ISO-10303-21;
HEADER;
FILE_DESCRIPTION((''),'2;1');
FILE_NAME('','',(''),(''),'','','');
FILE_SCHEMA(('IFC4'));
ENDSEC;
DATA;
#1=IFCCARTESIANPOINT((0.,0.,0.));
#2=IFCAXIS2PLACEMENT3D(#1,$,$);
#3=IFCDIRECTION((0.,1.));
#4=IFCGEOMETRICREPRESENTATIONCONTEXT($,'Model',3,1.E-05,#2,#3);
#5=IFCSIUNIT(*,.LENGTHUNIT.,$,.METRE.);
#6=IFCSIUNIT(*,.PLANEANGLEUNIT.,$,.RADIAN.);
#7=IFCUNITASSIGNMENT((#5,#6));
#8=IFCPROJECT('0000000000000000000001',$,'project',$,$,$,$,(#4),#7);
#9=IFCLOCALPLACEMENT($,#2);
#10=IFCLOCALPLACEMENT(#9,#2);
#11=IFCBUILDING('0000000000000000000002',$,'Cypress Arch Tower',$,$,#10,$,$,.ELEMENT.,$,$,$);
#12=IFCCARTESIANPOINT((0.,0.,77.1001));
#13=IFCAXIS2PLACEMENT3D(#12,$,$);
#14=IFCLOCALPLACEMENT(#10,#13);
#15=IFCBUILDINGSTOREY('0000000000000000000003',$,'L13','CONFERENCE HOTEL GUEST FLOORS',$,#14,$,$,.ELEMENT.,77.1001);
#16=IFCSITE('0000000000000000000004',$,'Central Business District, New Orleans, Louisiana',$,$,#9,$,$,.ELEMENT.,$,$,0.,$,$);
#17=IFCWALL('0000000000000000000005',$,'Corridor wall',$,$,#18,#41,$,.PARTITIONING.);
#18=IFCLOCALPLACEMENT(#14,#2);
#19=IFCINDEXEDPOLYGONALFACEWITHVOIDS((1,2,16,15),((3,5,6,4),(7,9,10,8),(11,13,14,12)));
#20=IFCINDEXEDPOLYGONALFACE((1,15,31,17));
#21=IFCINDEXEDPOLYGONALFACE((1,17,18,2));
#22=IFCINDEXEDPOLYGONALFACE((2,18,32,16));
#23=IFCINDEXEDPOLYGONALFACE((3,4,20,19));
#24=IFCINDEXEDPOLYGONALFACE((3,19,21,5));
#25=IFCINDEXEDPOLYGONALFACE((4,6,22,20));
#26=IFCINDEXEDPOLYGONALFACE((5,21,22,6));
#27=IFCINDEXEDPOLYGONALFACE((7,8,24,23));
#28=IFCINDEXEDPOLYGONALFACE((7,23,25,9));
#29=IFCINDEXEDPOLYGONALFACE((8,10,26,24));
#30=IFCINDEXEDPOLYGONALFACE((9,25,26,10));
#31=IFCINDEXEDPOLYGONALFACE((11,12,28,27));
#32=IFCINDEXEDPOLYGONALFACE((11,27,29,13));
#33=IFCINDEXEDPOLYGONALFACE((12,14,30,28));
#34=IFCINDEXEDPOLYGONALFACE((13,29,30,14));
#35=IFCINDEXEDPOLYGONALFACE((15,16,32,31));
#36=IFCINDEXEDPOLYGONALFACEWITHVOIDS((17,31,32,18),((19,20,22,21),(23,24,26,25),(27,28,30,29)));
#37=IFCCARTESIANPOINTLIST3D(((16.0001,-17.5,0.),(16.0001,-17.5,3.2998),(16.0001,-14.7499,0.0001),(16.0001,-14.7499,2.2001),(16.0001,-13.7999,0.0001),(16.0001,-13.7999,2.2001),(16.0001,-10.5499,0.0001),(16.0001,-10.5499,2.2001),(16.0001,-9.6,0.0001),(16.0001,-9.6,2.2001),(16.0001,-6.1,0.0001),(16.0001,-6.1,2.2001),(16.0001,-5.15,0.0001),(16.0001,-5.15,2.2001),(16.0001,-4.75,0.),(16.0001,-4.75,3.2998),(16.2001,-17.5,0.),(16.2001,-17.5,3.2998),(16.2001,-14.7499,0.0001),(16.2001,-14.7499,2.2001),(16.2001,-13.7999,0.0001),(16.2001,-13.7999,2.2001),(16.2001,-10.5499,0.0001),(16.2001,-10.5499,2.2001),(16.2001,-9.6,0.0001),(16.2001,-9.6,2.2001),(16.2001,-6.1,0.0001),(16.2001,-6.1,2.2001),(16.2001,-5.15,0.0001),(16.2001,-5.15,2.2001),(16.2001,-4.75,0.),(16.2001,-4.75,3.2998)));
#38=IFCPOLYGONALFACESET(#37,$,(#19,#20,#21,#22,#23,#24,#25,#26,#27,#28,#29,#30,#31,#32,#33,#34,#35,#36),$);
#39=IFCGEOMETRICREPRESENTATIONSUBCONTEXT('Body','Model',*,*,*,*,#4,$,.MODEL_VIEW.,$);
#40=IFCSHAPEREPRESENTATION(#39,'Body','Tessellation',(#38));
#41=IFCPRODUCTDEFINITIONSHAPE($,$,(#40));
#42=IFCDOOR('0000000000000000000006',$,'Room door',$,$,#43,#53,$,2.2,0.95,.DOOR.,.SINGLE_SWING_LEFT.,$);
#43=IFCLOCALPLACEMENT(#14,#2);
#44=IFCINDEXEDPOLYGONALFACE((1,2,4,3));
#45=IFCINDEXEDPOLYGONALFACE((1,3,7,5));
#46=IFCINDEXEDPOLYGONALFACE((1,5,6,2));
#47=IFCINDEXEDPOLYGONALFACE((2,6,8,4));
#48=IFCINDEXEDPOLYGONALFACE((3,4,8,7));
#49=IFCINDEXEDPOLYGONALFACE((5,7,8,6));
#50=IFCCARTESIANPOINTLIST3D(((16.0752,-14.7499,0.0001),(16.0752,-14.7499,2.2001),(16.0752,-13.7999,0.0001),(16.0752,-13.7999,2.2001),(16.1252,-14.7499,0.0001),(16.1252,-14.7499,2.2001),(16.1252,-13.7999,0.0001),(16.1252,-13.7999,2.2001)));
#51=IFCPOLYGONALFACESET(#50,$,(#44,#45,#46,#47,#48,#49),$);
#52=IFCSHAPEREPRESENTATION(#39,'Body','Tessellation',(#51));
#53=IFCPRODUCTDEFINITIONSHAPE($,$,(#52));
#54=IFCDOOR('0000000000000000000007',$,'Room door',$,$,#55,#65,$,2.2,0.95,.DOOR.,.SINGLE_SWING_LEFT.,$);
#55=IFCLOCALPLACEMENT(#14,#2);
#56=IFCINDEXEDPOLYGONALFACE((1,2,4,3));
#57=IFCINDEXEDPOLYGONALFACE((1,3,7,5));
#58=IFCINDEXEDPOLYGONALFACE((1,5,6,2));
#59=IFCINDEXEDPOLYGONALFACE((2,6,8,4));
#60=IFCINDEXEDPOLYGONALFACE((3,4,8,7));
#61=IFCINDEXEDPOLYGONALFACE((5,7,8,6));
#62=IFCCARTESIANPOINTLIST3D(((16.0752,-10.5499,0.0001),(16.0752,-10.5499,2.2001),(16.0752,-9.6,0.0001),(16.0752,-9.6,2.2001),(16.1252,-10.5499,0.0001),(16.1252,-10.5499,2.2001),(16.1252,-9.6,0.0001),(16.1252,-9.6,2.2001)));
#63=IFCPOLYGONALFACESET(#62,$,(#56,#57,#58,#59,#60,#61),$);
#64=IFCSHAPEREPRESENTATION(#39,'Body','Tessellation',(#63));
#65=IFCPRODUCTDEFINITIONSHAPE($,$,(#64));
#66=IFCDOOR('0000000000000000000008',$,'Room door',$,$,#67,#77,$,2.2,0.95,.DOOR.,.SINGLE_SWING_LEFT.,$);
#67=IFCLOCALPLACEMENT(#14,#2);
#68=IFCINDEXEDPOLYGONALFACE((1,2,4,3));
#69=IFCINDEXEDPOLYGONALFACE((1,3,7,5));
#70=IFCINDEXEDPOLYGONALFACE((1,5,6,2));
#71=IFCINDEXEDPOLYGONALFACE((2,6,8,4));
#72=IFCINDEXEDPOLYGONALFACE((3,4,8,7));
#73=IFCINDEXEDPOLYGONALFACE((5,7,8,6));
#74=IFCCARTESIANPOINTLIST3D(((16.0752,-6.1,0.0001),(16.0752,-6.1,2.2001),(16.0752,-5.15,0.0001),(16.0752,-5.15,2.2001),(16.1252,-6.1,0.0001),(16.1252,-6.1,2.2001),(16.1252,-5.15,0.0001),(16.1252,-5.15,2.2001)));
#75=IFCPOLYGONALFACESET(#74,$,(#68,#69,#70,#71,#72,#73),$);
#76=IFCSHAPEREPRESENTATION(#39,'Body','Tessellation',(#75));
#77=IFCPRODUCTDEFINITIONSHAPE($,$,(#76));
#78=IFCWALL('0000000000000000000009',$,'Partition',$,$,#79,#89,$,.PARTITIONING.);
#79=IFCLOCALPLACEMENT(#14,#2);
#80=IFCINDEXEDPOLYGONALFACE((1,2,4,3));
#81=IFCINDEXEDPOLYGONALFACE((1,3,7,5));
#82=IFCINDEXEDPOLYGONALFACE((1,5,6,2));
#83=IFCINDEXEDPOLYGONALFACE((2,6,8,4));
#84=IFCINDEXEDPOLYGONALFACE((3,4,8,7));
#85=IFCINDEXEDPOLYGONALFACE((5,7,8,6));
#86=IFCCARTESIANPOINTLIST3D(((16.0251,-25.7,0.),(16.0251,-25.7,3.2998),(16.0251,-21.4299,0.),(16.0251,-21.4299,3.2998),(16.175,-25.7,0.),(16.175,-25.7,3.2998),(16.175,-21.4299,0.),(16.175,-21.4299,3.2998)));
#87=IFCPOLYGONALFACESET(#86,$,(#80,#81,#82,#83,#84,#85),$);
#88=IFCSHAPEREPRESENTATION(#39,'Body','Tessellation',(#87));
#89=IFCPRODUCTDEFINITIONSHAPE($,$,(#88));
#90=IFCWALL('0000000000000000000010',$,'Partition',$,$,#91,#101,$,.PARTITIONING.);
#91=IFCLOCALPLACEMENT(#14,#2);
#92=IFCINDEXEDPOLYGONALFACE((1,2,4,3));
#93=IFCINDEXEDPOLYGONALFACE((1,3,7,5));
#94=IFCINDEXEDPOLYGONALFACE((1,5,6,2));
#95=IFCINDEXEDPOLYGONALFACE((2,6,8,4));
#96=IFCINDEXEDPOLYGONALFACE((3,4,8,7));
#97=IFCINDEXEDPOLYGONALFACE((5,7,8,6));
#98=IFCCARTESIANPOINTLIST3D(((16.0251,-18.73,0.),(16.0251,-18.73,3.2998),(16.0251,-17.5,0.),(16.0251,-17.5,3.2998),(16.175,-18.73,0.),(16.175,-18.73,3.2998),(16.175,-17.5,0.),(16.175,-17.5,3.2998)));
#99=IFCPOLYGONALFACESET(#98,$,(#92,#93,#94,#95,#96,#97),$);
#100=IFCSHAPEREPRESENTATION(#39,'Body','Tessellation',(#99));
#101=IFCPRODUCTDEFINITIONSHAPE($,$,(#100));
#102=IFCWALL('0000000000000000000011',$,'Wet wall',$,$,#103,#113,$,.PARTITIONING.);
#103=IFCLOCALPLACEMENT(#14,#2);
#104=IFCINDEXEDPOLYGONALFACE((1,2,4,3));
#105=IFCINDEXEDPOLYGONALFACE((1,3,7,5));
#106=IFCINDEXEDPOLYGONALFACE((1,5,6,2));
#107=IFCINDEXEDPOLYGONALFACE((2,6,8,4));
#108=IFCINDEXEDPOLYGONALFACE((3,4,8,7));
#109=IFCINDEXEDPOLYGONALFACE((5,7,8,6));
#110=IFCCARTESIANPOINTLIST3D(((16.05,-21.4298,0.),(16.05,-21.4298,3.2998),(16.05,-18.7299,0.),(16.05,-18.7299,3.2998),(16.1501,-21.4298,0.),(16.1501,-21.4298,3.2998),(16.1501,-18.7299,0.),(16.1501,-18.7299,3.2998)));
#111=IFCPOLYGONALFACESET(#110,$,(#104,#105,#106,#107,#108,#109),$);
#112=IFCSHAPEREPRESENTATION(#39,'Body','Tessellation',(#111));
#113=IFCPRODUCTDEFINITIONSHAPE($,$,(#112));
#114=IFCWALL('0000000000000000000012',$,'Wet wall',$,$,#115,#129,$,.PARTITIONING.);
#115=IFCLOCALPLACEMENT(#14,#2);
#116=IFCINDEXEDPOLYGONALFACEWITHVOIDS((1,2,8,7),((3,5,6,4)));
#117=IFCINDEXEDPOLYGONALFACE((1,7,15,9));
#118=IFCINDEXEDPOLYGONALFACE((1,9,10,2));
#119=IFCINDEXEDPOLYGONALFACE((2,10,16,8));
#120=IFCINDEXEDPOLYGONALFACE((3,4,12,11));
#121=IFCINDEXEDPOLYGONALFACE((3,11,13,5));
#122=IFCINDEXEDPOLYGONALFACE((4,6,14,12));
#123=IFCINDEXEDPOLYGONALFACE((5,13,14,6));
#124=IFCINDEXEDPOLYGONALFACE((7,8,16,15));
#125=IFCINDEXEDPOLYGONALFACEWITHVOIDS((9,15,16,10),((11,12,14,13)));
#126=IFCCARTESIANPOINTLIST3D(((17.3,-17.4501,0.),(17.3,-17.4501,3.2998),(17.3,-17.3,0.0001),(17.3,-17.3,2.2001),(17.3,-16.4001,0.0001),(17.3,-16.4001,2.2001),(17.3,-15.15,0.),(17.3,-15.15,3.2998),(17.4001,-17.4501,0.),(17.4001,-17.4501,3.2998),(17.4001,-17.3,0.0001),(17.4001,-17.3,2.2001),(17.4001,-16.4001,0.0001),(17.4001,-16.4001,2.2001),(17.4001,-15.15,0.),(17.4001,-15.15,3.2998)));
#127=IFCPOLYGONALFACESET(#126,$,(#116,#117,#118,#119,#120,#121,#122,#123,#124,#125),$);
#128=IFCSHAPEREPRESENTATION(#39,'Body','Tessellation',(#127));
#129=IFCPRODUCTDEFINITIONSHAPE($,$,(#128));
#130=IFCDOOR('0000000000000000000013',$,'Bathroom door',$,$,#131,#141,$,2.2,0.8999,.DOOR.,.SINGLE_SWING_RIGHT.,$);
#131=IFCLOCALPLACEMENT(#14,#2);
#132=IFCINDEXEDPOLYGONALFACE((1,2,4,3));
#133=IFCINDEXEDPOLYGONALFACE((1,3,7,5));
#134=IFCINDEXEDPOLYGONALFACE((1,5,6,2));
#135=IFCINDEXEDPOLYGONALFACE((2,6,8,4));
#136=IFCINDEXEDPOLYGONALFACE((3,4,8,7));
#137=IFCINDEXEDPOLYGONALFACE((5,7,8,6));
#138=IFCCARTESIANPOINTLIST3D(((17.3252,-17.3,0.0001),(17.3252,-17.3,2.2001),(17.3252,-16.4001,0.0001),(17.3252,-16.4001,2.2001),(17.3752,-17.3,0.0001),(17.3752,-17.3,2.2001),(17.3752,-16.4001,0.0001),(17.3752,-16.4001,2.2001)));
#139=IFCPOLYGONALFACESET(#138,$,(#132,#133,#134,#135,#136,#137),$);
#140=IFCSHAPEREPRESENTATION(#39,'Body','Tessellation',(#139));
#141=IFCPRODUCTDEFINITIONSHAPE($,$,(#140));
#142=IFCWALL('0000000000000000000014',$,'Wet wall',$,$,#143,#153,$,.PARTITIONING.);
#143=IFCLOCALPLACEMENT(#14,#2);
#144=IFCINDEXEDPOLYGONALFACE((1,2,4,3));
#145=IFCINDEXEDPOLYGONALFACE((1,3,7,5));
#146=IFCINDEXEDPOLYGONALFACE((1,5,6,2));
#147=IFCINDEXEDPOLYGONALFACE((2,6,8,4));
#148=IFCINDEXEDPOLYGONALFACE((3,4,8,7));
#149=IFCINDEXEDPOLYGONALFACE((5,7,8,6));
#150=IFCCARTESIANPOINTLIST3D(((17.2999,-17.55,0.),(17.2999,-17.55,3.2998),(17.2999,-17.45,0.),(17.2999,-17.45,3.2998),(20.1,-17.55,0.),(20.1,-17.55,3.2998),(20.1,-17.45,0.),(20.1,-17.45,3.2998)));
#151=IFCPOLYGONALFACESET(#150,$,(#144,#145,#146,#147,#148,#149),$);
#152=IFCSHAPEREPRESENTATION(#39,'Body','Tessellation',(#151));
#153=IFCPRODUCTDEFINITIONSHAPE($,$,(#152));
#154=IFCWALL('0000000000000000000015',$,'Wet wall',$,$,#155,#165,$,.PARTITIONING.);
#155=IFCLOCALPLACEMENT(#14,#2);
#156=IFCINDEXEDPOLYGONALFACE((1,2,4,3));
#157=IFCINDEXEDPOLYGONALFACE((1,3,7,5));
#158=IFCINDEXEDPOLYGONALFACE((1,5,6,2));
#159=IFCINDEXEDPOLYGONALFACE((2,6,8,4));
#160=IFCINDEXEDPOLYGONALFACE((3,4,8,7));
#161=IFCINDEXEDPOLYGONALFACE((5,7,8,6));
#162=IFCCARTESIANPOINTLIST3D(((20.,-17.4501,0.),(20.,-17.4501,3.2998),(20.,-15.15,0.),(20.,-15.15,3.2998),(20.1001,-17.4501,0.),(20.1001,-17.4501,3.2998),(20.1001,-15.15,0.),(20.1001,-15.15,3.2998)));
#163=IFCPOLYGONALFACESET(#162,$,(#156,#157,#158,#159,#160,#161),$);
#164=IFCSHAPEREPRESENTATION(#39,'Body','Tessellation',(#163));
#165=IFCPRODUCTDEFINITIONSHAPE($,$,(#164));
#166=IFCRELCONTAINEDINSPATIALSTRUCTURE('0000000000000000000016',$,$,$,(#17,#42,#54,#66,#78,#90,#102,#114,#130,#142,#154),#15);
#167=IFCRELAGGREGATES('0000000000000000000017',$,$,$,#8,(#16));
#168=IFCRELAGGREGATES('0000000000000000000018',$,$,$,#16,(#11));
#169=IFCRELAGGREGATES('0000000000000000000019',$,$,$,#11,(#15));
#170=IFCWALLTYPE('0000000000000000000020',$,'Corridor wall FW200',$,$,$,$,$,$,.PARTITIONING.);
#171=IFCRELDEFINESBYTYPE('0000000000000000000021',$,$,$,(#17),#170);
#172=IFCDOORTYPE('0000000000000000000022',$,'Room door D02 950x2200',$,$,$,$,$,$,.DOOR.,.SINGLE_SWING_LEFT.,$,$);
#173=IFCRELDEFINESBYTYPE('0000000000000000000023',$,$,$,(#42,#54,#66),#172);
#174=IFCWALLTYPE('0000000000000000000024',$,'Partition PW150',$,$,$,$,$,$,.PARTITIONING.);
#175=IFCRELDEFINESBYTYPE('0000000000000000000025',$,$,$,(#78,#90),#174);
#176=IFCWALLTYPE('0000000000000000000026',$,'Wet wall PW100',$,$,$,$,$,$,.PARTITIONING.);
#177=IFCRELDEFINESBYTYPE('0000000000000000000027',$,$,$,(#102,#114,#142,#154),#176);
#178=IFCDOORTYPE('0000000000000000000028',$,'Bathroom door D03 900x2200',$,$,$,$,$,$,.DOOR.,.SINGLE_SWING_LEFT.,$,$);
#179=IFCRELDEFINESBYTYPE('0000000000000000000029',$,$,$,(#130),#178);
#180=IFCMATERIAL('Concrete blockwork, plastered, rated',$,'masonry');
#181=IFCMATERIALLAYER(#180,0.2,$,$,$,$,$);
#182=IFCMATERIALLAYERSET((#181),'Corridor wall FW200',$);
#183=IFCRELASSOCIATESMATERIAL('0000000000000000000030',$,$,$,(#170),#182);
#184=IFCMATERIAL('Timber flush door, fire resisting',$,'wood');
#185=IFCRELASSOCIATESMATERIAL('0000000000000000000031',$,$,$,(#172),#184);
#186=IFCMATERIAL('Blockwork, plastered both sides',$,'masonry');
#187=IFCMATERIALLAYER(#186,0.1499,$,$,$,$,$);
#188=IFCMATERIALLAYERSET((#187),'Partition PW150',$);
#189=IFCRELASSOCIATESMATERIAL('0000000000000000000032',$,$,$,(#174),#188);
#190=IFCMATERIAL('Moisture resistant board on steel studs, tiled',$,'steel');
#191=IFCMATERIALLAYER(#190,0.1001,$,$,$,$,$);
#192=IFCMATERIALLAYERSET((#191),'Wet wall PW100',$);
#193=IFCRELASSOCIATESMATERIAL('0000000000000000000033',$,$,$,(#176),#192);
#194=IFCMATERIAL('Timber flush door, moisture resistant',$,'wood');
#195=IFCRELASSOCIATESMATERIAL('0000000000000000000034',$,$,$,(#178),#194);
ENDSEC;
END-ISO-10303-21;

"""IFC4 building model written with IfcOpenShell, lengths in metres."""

from ifc_helpers import new_model, si_unit, direction, frame, frame_2d, origin, place, context, subcontext, project, spatial, rectangle, extrude, material, layer, layer_set, type_object, element, fill, save


model = new_model("IFC4")

# Units and contexts
model_context = context("Model", 3, precision=1e-05, world=origin(), true_north=direction((0.0, 1.0)))
body_context = subcontext(model_context, "Body", "Model", "MODEL_VIEW")
ifc_project = project(units=[si_unit("LENGTHUNIT", "METRE"), si_unit("PLANEANGLEUNIT", "RADIAN")], contexts=[model_context])

# Site, building, storey
site_placement = place(None, origin())
site = spatial("IfcSite", under=ifc_project, at=site_placement, Name="Central Business District, New Orleans, Louisiana", CompositionType="ELEMENT", RefElevation=0.0)
building_placement = place(site_placement, origin())
building = spatial("IfcBuilding", under=site, at=building_placement, Name="Cypress Arch Tower", CompositionType="ELEMENT")
storey_placement = place(building_placement, frame((0.0, 0.0, 77.1001)))
storey = spatial("IfcBuildingStorey", under=building, at=storey_placement, Name="L13", Description="CONFERENCE HOTEL GUEST FLOORS", CompositionType="ELEMENT", Elevation=77.1001)

# Wall, openings, doors
ifc_material_1 = material(Name="Concrete blockwork, plastered, rated", Category="masonry")
ifc_layer_1 = layer(ifc_material_1, 0.2)
ifc_layer_set_1 = layer_set([ifc_layer_1], Name="Corridor wall FW200")
wall_type_1 = type_object("IfcWallType", Name="Corridor wall FW200", PredefinedType="PARTITIONING", material=ifc_layer_set_1)
wall_1_placement = place(storey_placement, frame((16.1001, -17.5, 0.0), z_axis=(0.0, 0.0, 1.0), x_axis=(0.0, 1.0, 0.0)))
wall_1 = element("IfcWall", 1, at=wall_1_placement, inside=storey, type_object=wall_type_1, Name="Corridor wall", PredefinedType="PARTITIONING", context=body_context, shape_type="SweptSolid", body=[
    extrude(rectangle(XDim=12.75, YDim=0.2, at=frame_2d((6.375, 0.0))), origin(), (0.0, 0.0, 1.0), 3.2998),
])
opening_1_placement = place(wall_1_placement, frame((2.75, 0.0, 0.0)))
opening_1 = element("IfcOpeningElement", 2, at=opening_1_placement, cuts=wall_1, PredefinedType="OPENING", context=body_context, shape_type="SweptSolid", body=[
    extrude(rectangle(XDim=0.95, YDim=2.2, at=frame_2d((0.4751, 1.1001))), frame((0.0, 0.1099, 0.0), z_axis=(0.0, -1.0, 0.0), x_axis=(1.0, 0.0, 0.0)), (0.0, 0.0, 1.0), 0.22),
])
opening_2_placement = place(wall_1_placement, frame((6.95, 0.0, 0.0)))
opening_2 = element("IfcOpeningElement", 3, at=opening_2_placement, cuts=wall_1, PredefinedType="OPENING", context=body_context, shape_type="SweptSolid", body=[
    extrude(rectangle(XDim=0.95, YDim=2.2, at=frame_2d((0.4751, 1.1001))), frame((0.0, 0.1099, 0.0), z_axis=(0.0, -1.0, 0.0), x_axis=(1.0, 0.0, 0.0)), (0.0, 0.0, 1.0), 0.22),
])
opening_3_placement = place(wall_1_placement, frame((11.3999, 0.0, 0.0)))
opening_3 = element("IfcOpeningElement", 4, at=opening_3_placement, cuts=wall_1, PredefinedType="OPENING", context=body_context, shape_type="SweptSolid", body=[
    extrude(rectangle(XDim=0.95, YDim=2.2, at=frame_2d((0.4751, 1.1001))), frame((0.0, 0.1099, 0.0), z_axis=(0.0, -1.0, 0.0), x_axis=(1.0, 0.0, 0.0)), (0.0, 0.0, 1.0), 0.22),
])
ifc_material_2 = material(Name="Timber flush door, fire resisting", Category="wood")
door_type_1 = type_object("IfcDoorType", Name="Room door D02 950x2200", OperationType="SINGLE_SWING_LEFT", PredefinedType="DOOR", material=ifc_material_2)
door_1_placement = place(opening_1_placement, origin())
door_1 = element("IfcDoor", 5, at=door_1_placement, inside=storey, type_object=door_type_1, Name="Room door", OperationType="SINGLE_SWING_LEFT", OverallHeight=2.2, OverallWidth=0.95, PredefinedType="DOOR", context=body_context, shape_type="SweptSolid", body=[
    extrude(rectangle(XDim=0.95, YDim=2.2, at=frame_2d((0.4751, 1.1001))), frame((0.0, 0.0249, 0.0), z_axis=(0.0, -1.0, 0.0), x_axis=(1.0, 0.0, 0.0)), (0.0, 0.0, 1.0), 0.05),
])
fill(opening_1, door_1)
door_2_placement = place(opening_2_placement, origin())
door_2 = element("IfcDoor", 6, at=door_2_placement, inside=storey, type_object=door_type_1, Name="Room door", OperationType="SINGLE_SWING_LEFT", OverallHeight=2.2, OverallWidth=0.95, PredefinedType="DOOR", context=body_context, shape_type="SweptSolid", body=[
    extrude(rectangle(XDim=0.95, YDim=2.2, at=frame_2d((0.4751, 1.1001))), frame((0.0, 0.0249, 0.0), z_axis=(0.0, -1.0, 0.0), x_axis=(1.0, 0.0, 0.0)), (0.0, 0.0, 1.0), 0.05),
])
fill(opening_2, door_2)
door_3_placement = place(opening_3_placement, origin())
door_3 = element("IfcDoor", 7, at=door_3_placement, inside=storey, type_object=door_type_1, Name="Room door", OperationType="SINGLE_SWING_LEFT", OverallHeight=2.2, OverallWidth=0.95, PredefinedType="DOOR", context=body_context, shape_type="SweptSolid", body=[
    extrude(rectangle(XDim=0.95, YDim=2.2, at=frame_2d((0.4751, 1.1001))), frame((0.0, 0.0249, 0.0), z_axis=(0.0, -1.0, 0.0), x_axis=(1.0, 0.0, 0.0)), (0.0, 0.0, 1.0), 0.05),
])
fill(opening_3, door_3)

# Walls
ifc_material_3 = material(Name="Blockwork, plastered both sides", Category="masonry")
ifc_layer_2 = layer(ifc_material_3, 0.1499)
ifc_layer_set_2 = layer_set([ifc_layer_2], Name="Partition PW150")
wall_type_2 = type_object("IfcWallType", Name="Partition PW150", PredefinedType="PARTITIONING", material=ifc_layer_set_2)
wall_2_placement = place(storey_placement, frame((16.1001, -25.7, 0.0), z_axis=(0.0, 0.0, 1.0), x_axis=(0.0, 1.0, 0.0)))
element("IfcWall", 8, at=wall_2_placement, inside=storey, type_object=wall_type_2, Name="Partition", PredefinedType="PARTITIONING", context=body_context, shape_type="SweptSolid", body=[
    extrude(rectangle(XDim=4.27, YDim=0.1499, at=frame_2d((2.135, 0.0))), origin(), (0.0, 0.0, 1.0), 3.2998),
])
wall_3_placement = place(storey_placement, frame((16.1001, -18.73, 0.0), z_axis=(0.0, 0.0, 1.0), x_axis=(0.0, 1.0, 0.0)))
element("IfcWall", 9, at=wall_3_placement, inside=storey, type_object=wall_type_2, Name="Partition", PredefinedType="PARTITIONING", context=body_context, shape_type="SweptSolid", body=[
    extrude(rectangle(XDim=1.23, YDim=0.1499, at=frame_2d((0.615, 0.0))), origin(), (0.0, 0.0, 1.0), 3.2998),
])
ifc_material_4 = material(Name="Moisture resistant board on steel studs, tiled", Category="steel")
ifc_layer_3 = layer(ifc_material_4, 0.1001)
ifc_layer_set_3 = layer_set([ifc_layer_3], Name="Wet wall PW100")
wall_type_3 = type_object("IfcWallType", Name="Wet wall PW100", PredefinedType="PARTITIONING", material=ifc_layer_set_3)
wall_4_placement = place(storey_placement, frame((16.1001, -21.4299, 0.0), z_axis=(0.0, 0.0, 1.0), x_axis=(0.0, 1.0, 0.0)))
element("IfcWall", 10, at=wall_4_placement, inside=storey, type_object=wall_type_3, Name="Wet wall", PredefinedType="PARTITIONING", context=body_context, shape_type="SweptSolid", body=[
    extrude(rectangle(XDim=2.7, YDim=0.1001, at=frame_2d((1.3501, 0.0))), origin(), (0.0, 0.0, 1.0), 3.2998),
])

# Wall, opening, door
wall_5_placement = place(storey_placement, frame((17.3501, -17.45, 0.0), z_axis=(0.0, 0.0, 1.0), x_axis=(0.0, 1.0, 0.0)))
wall_5 = element("IfcWall", 11, at=wall_5_placement, inside=storey, type_object=wall_type_3, Name="Wet wall", PredefinedType="PARTITIONING", context=body_context, shape_type="SweptSolid", body=[
    extrude(rectangle(XDim=2.3, YDim=0.1001, at=frame_2d((1.1499, 0.0))), origin(), (0.0, 0.0, 1.0), 3.2998),
])
opening_4_placement = place(wall_5_placement, frame((0.1499, 0.0, 0.0)))
opening_4 = element("IfcOpeningElement", 12, at=opening_4_placement, cuts=wall_5, PredefinedType="OPENING", context=body_context, shape_type="SweptSolid", body=[
    extrude(rectangle(XDim=0.8999, YDim=2.2, at=frame_2d((0.45, 1.1001))), frame((0.0, 0.0601, 0.0), z_axis=(0.0, -1.0, 0.0), x_axis=(1.0, 0.0, 0.0)), (0.0, 0.0, 1.0), 0.1201),
])
ifc_material_5 = material(Name="Timber flush door, moisture resistant", Category="wood")
door_type_2 = type_object("IfcDoorType", Name="Bathroom door D03 900x2200", OperationType="SINGLE_SWING_LEFT", PredefinedType="DOOR", material=ifc_material_5)
door_4_placement = place(opening_4_placement, origin())
door_4 = element("IfcDoor", 13, at=door_4_placement, inside=storey, type_object=door_type_2, Name="Bathroom door", OperationType="SINGLE_SWING_RIGHT", OverallHeight=2.2, OverallWidth=0.8999, PredefinedType="DOOR", context=body_context, shape_type="SweptSolid", body=[
    extrude(rectangle(XDim=0.8999, YDim=2.2, at=frame_2d((0.45, 1.1001))), frame((0.0, 0.0249, 0.0), z_axis=(0.0, -1.0, 0.0), x_axis=(1.0, 0.0, 0.0)), (0.0, 0.0, 1.0), 0.05),
])
fill(opening_4, door_4)

# Walls
wall_6_placement = place(storey_placement, frame((17.3, -17.5, 0.0), z_axis=(0.0, 0.0, 1.0), x_axis=(1.0, 0.0, 0.0)))
element("IfcWall", 14, at=wall_6_placement, inside=storey, type_object=wall_type_3, Name="Wet wall", PredefinedType="PARTITIONING", context=body_context, shape_type="SweptSolid", body=[
    extrude(rectangle(XDim=2.8, YDim=0.1001, at=frame_2d((1.3999, 0.0))), origin(), (0.0, 0.0, 1.0), 3.2998),
])
wall_7_placement = place(storey_placement, frame((20.05, -17.45, 0.0), z_axis=(0.0, 0.0, 1.0), x_axis=(0.0, 1.0, 0.0)))
element("IfcWall", 15, at=wall_7_placement, inside=storey, type_object=wall_type_3, Name="Wet wall", PredefinedType="PARTITIONING", context=body_context, shape_type="SweptSolid", body=[
    extrude(rectangle(XDim=2.3, YDim=0.1001, at=frame_2d((1.1499, 0.0))), origin(), (0.0, 0.0, 1.0), 3.2998),
])

save(model, "model.ifc")
